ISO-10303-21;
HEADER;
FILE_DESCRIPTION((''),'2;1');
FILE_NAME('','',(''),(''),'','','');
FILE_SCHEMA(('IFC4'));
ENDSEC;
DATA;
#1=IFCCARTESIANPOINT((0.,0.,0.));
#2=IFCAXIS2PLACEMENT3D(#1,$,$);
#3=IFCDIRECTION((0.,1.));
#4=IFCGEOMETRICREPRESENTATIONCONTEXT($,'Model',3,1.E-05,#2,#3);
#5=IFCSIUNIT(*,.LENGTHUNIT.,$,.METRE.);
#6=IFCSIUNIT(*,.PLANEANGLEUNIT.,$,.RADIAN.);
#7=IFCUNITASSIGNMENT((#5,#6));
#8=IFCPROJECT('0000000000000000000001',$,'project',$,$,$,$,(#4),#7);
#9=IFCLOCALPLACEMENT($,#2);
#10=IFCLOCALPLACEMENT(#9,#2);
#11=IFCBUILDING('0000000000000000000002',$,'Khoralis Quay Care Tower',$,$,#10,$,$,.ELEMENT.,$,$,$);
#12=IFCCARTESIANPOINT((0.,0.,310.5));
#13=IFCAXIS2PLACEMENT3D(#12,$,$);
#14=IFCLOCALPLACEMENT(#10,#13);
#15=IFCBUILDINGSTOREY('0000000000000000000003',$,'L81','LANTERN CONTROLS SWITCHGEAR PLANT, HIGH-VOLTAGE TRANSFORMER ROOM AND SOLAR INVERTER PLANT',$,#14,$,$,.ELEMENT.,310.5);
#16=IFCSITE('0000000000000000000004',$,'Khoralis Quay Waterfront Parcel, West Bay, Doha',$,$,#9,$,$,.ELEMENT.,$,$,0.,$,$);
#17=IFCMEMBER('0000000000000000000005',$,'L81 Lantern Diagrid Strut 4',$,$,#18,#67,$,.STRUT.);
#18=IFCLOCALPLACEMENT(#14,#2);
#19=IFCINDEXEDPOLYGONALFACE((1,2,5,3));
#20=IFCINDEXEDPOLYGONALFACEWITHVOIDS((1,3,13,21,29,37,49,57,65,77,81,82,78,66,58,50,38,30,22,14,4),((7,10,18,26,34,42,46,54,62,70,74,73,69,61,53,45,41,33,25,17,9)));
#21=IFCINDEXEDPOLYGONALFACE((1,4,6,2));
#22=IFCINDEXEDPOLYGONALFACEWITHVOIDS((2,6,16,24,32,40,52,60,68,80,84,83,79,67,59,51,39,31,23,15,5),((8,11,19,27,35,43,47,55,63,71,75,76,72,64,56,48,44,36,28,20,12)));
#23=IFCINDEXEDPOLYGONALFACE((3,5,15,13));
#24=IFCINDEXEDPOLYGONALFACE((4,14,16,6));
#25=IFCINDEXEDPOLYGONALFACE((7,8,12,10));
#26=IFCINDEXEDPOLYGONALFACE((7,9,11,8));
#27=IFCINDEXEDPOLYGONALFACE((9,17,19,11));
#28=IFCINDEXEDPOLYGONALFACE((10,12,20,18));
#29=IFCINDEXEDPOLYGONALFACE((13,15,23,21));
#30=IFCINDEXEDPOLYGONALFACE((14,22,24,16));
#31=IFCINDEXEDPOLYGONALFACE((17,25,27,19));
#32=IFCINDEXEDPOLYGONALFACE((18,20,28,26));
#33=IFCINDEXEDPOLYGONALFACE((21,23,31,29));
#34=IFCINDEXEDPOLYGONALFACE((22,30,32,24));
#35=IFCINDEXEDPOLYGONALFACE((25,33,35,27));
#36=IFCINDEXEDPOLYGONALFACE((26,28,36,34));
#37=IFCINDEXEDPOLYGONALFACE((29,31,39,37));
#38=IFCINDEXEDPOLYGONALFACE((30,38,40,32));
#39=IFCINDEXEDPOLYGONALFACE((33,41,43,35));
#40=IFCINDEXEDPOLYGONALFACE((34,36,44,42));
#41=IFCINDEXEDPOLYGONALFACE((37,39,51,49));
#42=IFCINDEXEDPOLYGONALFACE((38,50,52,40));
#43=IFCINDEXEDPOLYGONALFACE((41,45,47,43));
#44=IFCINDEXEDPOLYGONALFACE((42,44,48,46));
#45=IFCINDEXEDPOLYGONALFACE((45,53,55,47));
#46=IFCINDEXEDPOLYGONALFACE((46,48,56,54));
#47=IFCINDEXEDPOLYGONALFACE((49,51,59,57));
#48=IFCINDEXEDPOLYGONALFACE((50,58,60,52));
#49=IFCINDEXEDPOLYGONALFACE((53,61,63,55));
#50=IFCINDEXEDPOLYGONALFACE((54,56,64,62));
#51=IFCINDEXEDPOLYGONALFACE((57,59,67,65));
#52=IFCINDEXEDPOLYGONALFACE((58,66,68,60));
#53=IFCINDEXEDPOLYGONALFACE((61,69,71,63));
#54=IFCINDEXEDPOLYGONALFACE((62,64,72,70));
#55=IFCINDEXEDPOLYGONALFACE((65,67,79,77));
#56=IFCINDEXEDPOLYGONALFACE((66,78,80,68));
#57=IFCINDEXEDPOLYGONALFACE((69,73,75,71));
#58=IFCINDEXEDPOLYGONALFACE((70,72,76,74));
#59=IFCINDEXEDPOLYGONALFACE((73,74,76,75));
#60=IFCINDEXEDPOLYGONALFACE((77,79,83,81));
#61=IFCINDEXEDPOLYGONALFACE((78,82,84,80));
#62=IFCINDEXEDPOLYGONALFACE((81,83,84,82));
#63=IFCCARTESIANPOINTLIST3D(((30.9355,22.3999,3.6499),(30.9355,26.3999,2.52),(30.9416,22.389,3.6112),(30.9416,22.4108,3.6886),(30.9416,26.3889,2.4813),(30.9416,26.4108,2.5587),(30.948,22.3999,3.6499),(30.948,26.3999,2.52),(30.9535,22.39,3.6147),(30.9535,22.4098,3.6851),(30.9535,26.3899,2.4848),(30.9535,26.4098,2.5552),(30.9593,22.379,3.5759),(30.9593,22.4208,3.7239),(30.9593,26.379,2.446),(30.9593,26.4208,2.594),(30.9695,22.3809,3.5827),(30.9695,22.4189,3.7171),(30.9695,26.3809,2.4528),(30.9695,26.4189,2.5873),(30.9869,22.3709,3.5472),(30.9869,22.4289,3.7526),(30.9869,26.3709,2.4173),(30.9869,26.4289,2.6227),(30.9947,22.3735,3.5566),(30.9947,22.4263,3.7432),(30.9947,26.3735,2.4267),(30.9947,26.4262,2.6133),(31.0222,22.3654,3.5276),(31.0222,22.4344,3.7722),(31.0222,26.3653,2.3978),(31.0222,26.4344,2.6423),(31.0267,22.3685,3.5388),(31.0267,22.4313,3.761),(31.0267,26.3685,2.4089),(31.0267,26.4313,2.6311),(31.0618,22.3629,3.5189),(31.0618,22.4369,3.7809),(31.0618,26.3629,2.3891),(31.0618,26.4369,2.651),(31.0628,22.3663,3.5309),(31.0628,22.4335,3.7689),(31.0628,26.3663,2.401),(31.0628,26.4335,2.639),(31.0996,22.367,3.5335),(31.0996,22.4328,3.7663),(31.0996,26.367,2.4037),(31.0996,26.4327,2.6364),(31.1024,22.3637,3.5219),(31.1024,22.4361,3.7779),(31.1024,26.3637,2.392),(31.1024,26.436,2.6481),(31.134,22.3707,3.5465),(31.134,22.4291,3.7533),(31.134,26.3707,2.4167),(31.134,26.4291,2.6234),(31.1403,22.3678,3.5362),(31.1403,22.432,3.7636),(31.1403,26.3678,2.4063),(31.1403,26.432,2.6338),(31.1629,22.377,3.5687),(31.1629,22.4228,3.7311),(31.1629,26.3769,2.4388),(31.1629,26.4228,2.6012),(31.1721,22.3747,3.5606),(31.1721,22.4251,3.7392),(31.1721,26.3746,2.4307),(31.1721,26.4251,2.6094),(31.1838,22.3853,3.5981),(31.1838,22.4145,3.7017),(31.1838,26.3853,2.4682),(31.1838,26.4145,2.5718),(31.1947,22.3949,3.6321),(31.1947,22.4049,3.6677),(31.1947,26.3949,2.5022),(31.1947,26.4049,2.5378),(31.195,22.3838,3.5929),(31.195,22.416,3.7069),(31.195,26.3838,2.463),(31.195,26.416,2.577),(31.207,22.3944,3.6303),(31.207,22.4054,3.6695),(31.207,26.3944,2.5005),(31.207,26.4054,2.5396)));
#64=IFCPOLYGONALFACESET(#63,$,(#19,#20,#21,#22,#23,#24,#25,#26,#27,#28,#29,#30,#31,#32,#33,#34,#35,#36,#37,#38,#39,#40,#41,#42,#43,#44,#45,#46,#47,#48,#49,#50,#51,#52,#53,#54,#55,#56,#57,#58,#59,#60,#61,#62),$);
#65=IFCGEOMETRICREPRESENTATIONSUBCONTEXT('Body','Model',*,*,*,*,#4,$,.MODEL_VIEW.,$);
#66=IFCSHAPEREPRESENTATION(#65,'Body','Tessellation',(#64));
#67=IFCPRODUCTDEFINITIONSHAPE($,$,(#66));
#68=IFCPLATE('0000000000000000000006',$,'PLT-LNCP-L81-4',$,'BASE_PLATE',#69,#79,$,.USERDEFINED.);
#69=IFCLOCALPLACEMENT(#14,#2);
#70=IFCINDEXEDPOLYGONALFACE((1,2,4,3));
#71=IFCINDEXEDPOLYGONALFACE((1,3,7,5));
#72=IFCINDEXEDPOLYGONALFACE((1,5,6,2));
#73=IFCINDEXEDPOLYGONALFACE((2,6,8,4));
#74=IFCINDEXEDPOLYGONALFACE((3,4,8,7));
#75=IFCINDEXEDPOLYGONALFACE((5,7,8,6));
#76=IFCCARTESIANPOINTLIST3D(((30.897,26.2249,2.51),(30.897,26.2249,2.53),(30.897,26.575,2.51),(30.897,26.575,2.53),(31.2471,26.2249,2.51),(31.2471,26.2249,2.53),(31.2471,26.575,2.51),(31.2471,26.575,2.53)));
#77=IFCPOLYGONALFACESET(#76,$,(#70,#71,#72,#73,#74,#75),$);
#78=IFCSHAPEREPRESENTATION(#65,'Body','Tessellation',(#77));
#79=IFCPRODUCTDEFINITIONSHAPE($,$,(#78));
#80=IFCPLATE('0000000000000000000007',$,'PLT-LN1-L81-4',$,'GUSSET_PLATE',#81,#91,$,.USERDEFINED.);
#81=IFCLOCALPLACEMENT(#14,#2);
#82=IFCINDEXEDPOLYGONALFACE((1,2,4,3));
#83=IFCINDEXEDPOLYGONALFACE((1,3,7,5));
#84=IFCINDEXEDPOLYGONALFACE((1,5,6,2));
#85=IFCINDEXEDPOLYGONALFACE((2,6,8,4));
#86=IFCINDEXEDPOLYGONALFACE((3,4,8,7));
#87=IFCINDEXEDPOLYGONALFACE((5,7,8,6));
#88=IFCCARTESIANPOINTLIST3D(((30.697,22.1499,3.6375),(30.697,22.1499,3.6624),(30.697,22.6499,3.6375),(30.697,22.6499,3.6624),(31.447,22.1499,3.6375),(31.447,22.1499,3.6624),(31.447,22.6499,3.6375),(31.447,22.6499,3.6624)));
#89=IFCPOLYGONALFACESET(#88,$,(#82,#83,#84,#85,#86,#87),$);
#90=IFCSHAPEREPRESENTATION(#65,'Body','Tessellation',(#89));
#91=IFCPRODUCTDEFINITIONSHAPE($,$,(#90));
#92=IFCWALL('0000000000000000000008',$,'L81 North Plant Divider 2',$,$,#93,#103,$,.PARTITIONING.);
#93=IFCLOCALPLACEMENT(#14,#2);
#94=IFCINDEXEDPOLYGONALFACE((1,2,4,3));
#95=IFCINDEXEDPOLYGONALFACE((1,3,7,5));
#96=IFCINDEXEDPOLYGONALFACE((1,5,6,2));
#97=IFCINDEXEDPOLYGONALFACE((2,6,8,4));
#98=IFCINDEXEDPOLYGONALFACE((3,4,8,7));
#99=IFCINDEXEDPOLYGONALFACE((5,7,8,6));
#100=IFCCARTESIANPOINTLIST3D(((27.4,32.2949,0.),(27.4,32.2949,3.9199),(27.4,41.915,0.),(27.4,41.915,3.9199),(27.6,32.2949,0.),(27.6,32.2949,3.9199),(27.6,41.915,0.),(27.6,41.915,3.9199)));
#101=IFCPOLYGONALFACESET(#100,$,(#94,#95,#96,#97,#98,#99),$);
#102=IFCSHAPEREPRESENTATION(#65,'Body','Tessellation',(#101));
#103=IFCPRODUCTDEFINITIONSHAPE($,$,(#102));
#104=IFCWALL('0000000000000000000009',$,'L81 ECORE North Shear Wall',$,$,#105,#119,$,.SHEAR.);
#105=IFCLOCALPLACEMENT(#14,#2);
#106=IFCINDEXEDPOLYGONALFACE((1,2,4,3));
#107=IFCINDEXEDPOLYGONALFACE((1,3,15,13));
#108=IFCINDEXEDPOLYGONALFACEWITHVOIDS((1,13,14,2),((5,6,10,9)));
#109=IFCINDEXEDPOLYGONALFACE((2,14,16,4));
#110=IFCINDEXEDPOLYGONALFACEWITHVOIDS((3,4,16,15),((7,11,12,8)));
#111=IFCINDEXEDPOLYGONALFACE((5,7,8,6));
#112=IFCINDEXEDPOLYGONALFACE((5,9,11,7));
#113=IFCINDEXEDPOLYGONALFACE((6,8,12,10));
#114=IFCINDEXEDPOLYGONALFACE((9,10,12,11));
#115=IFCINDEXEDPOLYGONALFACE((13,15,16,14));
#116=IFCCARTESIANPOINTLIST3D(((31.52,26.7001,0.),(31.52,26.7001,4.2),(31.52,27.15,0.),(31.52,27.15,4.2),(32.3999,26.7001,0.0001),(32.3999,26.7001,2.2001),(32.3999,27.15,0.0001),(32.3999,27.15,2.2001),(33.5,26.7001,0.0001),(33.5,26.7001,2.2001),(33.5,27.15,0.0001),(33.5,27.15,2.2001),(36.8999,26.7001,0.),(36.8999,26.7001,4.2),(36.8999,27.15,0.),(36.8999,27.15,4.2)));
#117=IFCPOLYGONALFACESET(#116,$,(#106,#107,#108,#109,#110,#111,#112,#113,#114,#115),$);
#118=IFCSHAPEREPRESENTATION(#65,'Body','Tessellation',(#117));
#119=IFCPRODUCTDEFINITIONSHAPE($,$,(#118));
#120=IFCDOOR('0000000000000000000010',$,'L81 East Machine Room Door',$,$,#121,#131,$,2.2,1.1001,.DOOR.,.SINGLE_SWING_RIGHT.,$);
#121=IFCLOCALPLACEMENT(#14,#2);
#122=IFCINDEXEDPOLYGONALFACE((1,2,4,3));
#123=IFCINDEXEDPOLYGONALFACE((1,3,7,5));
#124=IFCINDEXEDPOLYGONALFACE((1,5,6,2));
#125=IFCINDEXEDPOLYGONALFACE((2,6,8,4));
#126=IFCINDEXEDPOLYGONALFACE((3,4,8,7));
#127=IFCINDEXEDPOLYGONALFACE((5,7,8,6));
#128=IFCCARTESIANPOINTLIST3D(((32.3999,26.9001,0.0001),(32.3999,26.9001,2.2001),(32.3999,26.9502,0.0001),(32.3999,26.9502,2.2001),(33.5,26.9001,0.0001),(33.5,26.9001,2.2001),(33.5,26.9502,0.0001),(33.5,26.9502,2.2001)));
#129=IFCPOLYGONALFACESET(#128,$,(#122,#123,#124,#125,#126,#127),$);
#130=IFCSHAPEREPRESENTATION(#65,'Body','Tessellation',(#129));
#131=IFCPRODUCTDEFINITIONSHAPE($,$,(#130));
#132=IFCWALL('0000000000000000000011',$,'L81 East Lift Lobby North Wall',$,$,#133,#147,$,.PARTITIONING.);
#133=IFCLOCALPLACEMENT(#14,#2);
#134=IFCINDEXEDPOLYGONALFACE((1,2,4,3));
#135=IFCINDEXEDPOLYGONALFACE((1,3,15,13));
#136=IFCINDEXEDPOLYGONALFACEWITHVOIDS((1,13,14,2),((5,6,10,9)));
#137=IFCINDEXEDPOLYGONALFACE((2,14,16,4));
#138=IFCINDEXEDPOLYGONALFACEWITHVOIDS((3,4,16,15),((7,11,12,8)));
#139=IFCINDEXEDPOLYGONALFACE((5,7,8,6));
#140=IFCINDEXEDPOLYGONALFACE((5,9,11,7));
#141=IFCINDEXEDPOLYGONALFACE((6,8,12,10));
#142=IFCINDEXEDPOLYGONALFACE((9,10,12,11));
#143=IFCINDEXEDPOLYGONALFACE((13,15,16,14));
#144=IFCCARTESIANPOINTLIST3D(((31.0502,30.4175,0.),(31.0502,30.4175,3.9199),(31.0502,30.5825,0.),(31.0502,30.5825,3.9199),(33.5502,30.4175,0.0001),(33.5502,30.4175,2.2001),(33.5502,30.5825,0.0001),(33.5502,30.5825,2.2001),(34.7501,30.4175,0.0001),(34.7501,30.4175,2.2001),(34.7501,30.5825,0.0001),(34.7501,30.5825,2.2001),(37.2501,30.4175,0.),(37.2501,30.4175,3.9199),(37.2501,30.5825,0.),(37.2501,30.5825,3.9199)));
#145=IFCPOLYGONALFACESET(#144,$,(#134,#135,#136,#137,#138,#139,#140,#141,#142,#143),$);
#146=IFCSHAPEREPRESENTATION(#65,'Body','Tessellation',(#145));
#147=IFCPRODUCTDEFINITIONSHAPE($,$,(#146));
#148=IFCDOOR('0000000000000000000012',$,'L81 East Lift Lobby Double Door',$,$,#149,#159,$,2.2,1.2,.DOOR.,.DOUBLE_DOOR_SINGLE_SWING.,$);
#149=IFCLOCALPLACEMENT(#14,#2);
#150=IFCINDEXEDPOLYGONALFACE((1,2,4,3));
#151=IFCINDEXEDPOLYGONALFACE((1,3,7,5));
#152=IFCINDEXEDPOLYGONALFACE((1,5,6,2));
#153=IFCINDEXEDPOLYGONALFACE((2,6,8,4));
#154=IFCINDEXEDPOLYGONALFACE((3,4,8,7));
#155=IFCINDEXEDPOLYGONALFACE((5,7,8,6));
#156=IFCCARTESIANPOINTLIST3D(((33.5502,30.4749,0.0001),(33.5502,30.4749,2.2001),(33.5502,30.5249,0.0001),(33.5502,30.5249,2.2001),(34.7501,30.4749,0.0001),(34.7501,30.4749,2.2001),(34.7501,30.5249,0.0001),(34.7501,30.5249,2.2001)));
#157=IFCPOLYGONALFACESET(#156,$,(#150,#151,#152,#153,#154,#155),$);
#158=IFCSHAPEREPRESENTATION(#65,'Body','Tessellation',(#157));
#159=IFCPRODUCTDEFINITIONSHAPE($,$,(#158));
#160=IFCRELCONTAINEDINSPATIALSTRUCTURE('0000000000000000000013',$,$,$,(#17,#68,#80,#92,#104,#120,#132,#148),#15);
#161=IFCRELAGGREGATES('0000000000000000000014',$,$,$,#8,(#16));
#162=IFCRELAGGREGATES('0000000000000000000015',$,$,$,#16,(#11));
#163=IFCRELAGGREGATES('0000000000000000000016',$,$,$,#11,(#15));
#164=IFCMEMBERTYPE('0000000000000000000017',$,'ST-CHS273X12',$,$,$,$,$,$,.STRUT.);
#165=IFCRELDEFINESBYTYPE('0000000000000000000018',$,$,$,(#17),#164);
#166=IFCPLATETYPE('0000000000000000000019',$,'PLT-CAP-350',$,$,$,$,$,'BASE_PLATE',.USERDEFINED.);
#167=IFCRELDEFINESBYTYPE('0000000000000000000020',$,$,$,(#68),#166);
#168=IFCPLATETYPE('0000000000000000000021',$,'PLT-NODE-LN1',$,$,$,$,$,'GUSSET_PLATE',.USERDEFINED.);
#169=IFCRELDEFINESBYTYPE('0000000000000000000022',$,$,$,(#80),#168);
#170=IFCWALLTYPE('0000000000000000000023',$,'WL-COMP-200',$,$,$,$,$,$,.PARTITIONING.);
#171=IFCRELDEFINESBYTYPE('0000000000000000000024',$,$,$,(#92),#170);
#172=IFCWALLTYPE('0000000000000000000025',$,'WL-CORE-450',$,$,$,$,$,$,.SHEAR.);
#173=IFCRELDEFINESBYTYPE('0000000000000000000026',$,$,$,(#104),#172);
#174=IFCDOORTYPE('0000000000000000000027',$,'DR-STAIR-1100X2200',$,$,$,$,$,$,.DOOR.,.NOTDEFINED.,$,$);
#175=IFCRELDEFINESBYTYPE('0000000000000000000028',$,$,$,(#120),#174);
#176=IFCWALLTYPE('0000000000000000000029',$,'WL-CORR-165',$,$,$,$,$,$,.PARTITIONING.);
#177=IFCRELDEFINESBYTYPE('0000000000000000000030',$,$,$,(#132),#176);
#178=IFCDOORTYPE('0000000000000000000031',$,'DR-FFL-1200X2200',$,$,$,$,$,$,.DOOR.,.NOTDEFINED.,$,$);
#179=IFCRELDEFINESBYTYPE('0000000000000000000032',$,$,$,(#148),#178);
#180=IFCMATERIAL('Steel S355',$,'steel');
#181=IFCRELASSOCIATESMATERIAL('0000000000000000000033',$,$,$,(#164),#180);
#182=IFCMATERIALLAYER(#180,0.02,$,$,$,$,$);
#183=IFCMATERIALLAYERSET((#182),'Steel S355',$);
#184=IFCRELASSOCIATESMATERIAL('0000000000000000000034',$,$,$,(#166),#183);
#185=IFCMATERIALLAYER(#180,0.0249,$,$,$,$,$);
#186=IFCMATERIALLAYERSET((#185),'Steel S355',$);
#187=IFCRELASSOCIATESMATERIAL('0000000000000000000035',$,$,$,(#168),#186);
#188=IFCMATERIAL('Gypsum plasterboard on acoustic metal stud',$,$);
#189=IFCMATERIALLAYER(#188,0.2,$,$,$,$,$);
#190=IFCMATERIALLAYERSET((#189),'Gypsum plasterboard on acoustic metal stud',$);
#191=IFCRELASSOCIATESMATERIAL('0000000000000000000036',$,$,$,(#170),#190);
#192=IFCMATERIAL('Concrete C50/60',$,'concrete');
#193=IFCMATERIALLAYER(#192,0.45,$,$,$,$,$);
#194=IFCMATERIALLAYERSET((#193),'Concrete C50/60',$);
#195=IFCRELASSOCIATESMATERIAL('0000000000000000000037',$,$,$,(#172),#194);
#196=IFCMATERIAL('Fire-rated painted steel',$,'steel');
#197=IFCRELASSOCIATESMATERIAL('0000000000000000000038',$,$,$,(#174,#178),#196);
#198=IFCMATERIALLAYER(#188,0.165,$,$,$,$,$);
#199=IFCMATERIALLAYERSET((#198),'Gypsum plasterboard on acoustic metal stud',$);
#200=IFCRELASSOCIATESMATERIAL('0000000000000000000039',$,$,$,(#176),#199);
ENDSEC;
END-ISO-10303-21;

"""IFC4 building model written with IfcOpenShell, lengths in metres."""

from ifc_helpers import new_model, si_unit, direction, frame, frame_2d, origin, origin_2d, place, context, subcontext, project, spatial, rectangle, hollow_circle, extrude, source, transform, mapped, material, layer, layer_set, material_profile, profile_set, type_object, element, fill, save


model = new_model("IFC4")

# Units and contexts
model_context = context("Model", 3, precision=1e-05, world=origin(), true_north=direction((0.0, 1.0)))
body_context = subcontext(model_context, "Body", "Model", "MODEL_VIEW")
ifc_project = project(units=[si_unit("LENGTHUNIT", "METRE"), si_unit("PLANEANGLEUNIT", "RADIAN")], contexts=[model_context])

# Site, building, storey
site_placement = place(None, origin())
site = spatial("IfcSite", under=ifc_project, at=site_placement, Name="Khoralis Quay Waterfront Parcel, West Bay, Doha", CompositionType="ELEMENT", RefElevation=0.0)
building_placement = place(site_placement, origin())
building = spatial("IfcBuilding", under=site, at=building_placement, Name="Khoralis Quay Care Tower", CompositionType="ELEMENT")
storey_placement = place(building_placement, frame((0.0, 0.0, 310.5)))
storey = spatial("IfcBuildingStorey", under=building, at=storey_placement, Name="L81", Description="LANTERN CONTROLS SWITCHGEAR PLANT, HIGH-VOLTAGE TRANSFORMER ROOM AND SOLAR INVERTER PLANT", CompositionType="ELEMENT", Elevation=310.5)

# Shared definitions
ifc_material_1 = material(Name="Concrete C50/60", Category="concrete")

# Shared definitions
ifc_material_2 = material(Name="Steel S355", Category="steel")

# Member
ifc_material_profile_1 = material_profile(ifc_material_2, hollow_circle(Radius=0.1365, WallThickness=0.0125, at=origin_2d()), Name="Steel S355")
ifc_profile_set_1 = profile_set([ifc_material_profile_1], Name="Steel S355")
member_type = type_object("IfcMemberType", Name="ST-CHS273X12", PredefinedType="STRUT", material=ifc_profile_set_1)
shared_shape_1 = source(origin(), body_context, "Body", "SweptSolid", [
    extrude(hollow_circle(Radius=0.1365, WallThickness=0.0125, at=origin_2d()), origin(), (0.0, 0.0, 1.0), 4.1565),
])
member_placement = place(storey_placement, frame((31.072, 22.3999, 3.6499), z_axis=(0.0, 0.962344, -0.271834), x_axis=(-1.0, 0.0, 0.0)))
element("IfcMember", 1, at=member_placement, inside=storey, type_object=member_type, Name="L81 Lantern Diagrid Strut 4", PredefinedType="STRUT", context=body_context, shape_type="MappedRepresentation", body=[
    mapped(shared_shape_1, transform((0.0, 0.0, 0.0), scale=1.0)),
])

# Plates
ifc_layer_1 = layer(ifc_material_2, 0.02)
ifc_layer_set_1 = layer_set([ifc_layer_1], Name="Steel S355")
plate_type_1 = type_object("IfcPlateType", Name="PLT-CAP-350", ElementType="BASE_PLATE", PredefinedType="USERDEFINED", material=ifc_layer_set_1)
shared_shape_2 = source(origin(), body_context, "Body", "SweptSolid", [
    extrude(rectangle(XDim=0.3501, YDim=0.3501, at=origin_2d()), origin(), (0.0, 0.0, 1.0), 0.02),
])
plate_1_placement = place(storey_placement, frame((31.072, 26.3999, 2.51), z_axis=(0.0, 0.0, 1.0), x_axis=(1.0, 0.0, 0.0)))
element("IfcPlate", 2, at=plate_1_placement, inside=storey, type_object=plate_type_1, Name="PLT-LNCP-L81-4", ObjectType="BASE_PLATE", PredefinedType="USERDEFINED", context=body_context, shape_type="MappedRepresentation", body=[
    mapped(shared_shape_2, transform((0.0, 0.0, 0.0), scale=1.0)),
])
ifc_layer_2 = layer(ifc_material_2, 0.0249)
ifc_layer_set_2 = layer_set([ifc_layer_2], Name="Steel S355")
plate_type_2 = type_object("IfcPlateType", Name="PLT-NODE-LN1", ElementType="GUSSET_PLATE", PredefinedType="USERDEFINED", material=ifc_layer_set_2)
shared_shape_3 = source(origin(), body_context, "Body", "SweptSolid", [
    extrude(rectangle(XDim=0.75, YDim=0.5, at=origin_2d()), origin(), (0.0, 0.0, 1.0), 0.0249),
])
plate_2_placement = place(storey_placement, frame((31.072, 22.3999, 3.6375), z_axis=(0.0, 0.0, 1.0), x_axis=(1.0, 0.0, 0.0)))
element("IfcPlate", 3, at=plate_2_placement, inside=storey, type_object=plate_type_2, Name="PLT-LN1-L81-4", ObjectType="GUSSET_PLATE", PredefinedType="USERDEFINED", context=body_context, shape_type="MappedRepresentation", body=[
    mapped(shared_shape_3, transform((0.0, 0.0, 0.0), scale=1.0)),
])

# Wall
ifc_material_3 = material(Name="Gypsum plasterboard on acoustic metal stud")
ifc_layer_3 = layer(ifc_material_3, 0.2)
ifc_layer_set_3 = layer_set([ifc_layer_3], Name="Gypsum plasterboard on acoustic metal stud")
wall_type_1 = type_object("IfcWallType", Name="WL-COMP-200", PredefinedType="PARTITIONING", material=ifc_layer_set_3)
wall_1_placement = place(storey_placement, frame((27.5, 32.2949, 0.0), z_axis=(0.0, 0.0, 1.0), x_axis=(0.0, 1.0, 0.0)))
element("IfcWall", 4, at=wall_1_placement, inside=storey, type_object=wall_type_1, Name="L81 North Plant Divider 2", PredefinedType="PARTITIONING", context=body_context, shape_type="SweptSolid", body=[
    extrude(rectangle(XDim=9.6201, YDim=0.2, at=frame_2d((4.8101, 0.0))), origin(), (0.0, 0.0, 1.0), 3.9199),
])

# Walls, openings, doors
ifc_layer_4 = layer(ifc_material_1, 0.45)
ifc_layer_set_4 = layer_set([ifc_layer_4], Name="Concrete C50/60")
wall_type_2 = type_object("IfcWallType", Name="WL-CORE-450", PredefinedType="SHEAR", material=ifc_layer_set_4)
wall_2_placement = place(storey_placement, frame((31.52, 26.925, 0.0), z_axis=(0.0, 0.0, 1.0), x_axis=(1.0, 0.0, 0.0)))
wall_2 = element("IfcWall", 5, at=wall_2_placement, inside=storey, type_object=wall_type_2, Name="L81 ECORE North Shear Wall", PredefinedType="SHEAR", context=body_context, shape_type="SweptSolid", body=[
    extrude(rectangle(XDim=5.3799, YDim=0.45, at=frame_2d((2.6899, 0.0))), origin(), (0.0, 0.0, 1.0), 4.2),
])
opening_1_placement = place(wall_2_placement, frame((0.8799, 0.0, 0.0)))
opening_1 = element("IfcOpeningElement", 6, at=opening_1_placement, cuts=wall_2, PredefinedType="OPENING", context=body_context, shape_type="SweptSolid", body=[
    extrude(rectangle(XDim=1.1001, YDim=2.2, at=frame_2d((0.55, 1.1001))), frame((0.0, 0.2349, 0.0), z_axis=(0.0, -1.0, 0.0), x_axis=(1.0, 0.0, 0.0)), (0.0, 0.0, 1.0), 0.47),
])
ifc_material_4 = material(Name="Fire-rated painted steel", Category="steel")
door_type_1 = type_object("IfcDoorType", Name="DR-STAIR-1100X2200", OperationType="NOTDEFINED", PredefinedType="DOOR", material=ifc_material_4)
shared_shape_4 = source(origin(), body_context, "Body", "SweptSolid", [
    extrude(rectangle(XDim=1.1001, YDim=2.2, at=frame_2d((0.55, 1.1001))), frame((0.0, 0.0249, 0.0), z_axis=(0.0, -1.0, 0.0), x_axis=(1.0, 0.0, 0.0)), (0.0, 0.0, 1.0), 0.05),
])
door_1_placement = place(opening_1_placement, frame((1.1001, 0.0, 0.0), z_axis=(0.0, 0.0, 1.0), x_axis=(-1.0, 0.0, 0.0)))
door_1 = element("IfcDoor", 7, at=door_1_placement, inside=storey, type_object=door_type_1, Name="L81 East Machine Room Door", OperationType="SINGLE_SWING_RIGHT", OverallHeight=2.2, OverallWidth=1.1001, PredefinedType="DOOR", context=body_context, shape_type="MappedRepresentation", body=[
    mapped(shared_shape_4, transform((0.0, 0.0, 0.0), scale=1.0)),
])
fill(opening_1, door_1)
ifc_layer_5 = layer(ifc_material_3, 0.165)
ifc_layer_set_5 = layer_set([ifc_layer_5], Name="Gypsum plasterboard on acoustic metal stud")
wall_type_3 = type_object("IfcWallType", Name="WL-CORR-165", PredefinedType="PARTITIONING", material=ifc_layer_set_5)
wall_3_placement = place(storey_placement, frame((31.05, 30.5, 0.0), z_axis=(0.0, 0.0, 1.0), x_axis=(1.0, 0.0, 0.0)))
wall_3 = element("IfcWall", 8, at=wall_3_placement, inside=storey, type_object=wall_type_3, Name="L81 East Lift Lobby North Wall", PredefinedType="PARTITIONING", context=body_context, shape_type="SweptSolid", body=[
    extrude(rectangle(XDim=6.2, YDim=0.165, at=frame_2d((3.1001, 0.0))), origin(), (0.0, 0.0, 1.0), 3.9199),
])
opening_2_placement = place(wall_3_placement, frame((2.5, 0.0, 0.0)))
opening_2 = element("IfcOpeningElement", 9, at=opening_2_placement, cuts=wall_3, PredefinedType="OPENING", context=body_context, shape_type="SweptSolid", body=[
    extrude(rectangle(XDim=1.2, YDim=2.2, at=frame_2d((0.6001, 1.1001))), frame((0.0, 0.0925, 0.0), z_axis=(0.0, -1.0, 0.0), x_axis=(1.0, 0.0, 0.0)), (0.0, 0.0, 1.0), 0.1851),
])
door_type_2 = type_object("IfcDoorType", Name="DR-FFL-1200X2200", OperationType="NOTDEFINED", PredefinedType="DOOR", material=ifc_material_4)
shared_shape_5 = source(origin(), body_context, "Body", "SweptSolid", [
    extrude(rectangle(XDim=1.2, YDim=2.2, at=frame_2d((0.6001, 1.1001))), frame((0.0, 0.0249, 0.0), z_axis=(0.0, -1.0, 0.0), x_axis=(1.0, 0.0, 0.0)), (0.0, 0.0, 1.0), 0.05),
])
door_2_placement = place(opening_2_placement, origin())
door_2 = element("IfcDoor", 10, at=door_2_placement, inside=storey, type_object=door_type_2, Name="L81 East Lift Lobby Double Door", OperationType="DOUBLE_DOOR_SINGLE_SWING", OverallHeight=2.2, OverallWidth=1.2, PredefinedType="DOOR", context=body_context, shape_type="MappedRepresentation", body=[
    mapped(shared_shape_5, transform((0.0, 0.0, 0.0), scale=1.0)),
])
fill(opening_2, door_2)

save(model, "model.ifc")
